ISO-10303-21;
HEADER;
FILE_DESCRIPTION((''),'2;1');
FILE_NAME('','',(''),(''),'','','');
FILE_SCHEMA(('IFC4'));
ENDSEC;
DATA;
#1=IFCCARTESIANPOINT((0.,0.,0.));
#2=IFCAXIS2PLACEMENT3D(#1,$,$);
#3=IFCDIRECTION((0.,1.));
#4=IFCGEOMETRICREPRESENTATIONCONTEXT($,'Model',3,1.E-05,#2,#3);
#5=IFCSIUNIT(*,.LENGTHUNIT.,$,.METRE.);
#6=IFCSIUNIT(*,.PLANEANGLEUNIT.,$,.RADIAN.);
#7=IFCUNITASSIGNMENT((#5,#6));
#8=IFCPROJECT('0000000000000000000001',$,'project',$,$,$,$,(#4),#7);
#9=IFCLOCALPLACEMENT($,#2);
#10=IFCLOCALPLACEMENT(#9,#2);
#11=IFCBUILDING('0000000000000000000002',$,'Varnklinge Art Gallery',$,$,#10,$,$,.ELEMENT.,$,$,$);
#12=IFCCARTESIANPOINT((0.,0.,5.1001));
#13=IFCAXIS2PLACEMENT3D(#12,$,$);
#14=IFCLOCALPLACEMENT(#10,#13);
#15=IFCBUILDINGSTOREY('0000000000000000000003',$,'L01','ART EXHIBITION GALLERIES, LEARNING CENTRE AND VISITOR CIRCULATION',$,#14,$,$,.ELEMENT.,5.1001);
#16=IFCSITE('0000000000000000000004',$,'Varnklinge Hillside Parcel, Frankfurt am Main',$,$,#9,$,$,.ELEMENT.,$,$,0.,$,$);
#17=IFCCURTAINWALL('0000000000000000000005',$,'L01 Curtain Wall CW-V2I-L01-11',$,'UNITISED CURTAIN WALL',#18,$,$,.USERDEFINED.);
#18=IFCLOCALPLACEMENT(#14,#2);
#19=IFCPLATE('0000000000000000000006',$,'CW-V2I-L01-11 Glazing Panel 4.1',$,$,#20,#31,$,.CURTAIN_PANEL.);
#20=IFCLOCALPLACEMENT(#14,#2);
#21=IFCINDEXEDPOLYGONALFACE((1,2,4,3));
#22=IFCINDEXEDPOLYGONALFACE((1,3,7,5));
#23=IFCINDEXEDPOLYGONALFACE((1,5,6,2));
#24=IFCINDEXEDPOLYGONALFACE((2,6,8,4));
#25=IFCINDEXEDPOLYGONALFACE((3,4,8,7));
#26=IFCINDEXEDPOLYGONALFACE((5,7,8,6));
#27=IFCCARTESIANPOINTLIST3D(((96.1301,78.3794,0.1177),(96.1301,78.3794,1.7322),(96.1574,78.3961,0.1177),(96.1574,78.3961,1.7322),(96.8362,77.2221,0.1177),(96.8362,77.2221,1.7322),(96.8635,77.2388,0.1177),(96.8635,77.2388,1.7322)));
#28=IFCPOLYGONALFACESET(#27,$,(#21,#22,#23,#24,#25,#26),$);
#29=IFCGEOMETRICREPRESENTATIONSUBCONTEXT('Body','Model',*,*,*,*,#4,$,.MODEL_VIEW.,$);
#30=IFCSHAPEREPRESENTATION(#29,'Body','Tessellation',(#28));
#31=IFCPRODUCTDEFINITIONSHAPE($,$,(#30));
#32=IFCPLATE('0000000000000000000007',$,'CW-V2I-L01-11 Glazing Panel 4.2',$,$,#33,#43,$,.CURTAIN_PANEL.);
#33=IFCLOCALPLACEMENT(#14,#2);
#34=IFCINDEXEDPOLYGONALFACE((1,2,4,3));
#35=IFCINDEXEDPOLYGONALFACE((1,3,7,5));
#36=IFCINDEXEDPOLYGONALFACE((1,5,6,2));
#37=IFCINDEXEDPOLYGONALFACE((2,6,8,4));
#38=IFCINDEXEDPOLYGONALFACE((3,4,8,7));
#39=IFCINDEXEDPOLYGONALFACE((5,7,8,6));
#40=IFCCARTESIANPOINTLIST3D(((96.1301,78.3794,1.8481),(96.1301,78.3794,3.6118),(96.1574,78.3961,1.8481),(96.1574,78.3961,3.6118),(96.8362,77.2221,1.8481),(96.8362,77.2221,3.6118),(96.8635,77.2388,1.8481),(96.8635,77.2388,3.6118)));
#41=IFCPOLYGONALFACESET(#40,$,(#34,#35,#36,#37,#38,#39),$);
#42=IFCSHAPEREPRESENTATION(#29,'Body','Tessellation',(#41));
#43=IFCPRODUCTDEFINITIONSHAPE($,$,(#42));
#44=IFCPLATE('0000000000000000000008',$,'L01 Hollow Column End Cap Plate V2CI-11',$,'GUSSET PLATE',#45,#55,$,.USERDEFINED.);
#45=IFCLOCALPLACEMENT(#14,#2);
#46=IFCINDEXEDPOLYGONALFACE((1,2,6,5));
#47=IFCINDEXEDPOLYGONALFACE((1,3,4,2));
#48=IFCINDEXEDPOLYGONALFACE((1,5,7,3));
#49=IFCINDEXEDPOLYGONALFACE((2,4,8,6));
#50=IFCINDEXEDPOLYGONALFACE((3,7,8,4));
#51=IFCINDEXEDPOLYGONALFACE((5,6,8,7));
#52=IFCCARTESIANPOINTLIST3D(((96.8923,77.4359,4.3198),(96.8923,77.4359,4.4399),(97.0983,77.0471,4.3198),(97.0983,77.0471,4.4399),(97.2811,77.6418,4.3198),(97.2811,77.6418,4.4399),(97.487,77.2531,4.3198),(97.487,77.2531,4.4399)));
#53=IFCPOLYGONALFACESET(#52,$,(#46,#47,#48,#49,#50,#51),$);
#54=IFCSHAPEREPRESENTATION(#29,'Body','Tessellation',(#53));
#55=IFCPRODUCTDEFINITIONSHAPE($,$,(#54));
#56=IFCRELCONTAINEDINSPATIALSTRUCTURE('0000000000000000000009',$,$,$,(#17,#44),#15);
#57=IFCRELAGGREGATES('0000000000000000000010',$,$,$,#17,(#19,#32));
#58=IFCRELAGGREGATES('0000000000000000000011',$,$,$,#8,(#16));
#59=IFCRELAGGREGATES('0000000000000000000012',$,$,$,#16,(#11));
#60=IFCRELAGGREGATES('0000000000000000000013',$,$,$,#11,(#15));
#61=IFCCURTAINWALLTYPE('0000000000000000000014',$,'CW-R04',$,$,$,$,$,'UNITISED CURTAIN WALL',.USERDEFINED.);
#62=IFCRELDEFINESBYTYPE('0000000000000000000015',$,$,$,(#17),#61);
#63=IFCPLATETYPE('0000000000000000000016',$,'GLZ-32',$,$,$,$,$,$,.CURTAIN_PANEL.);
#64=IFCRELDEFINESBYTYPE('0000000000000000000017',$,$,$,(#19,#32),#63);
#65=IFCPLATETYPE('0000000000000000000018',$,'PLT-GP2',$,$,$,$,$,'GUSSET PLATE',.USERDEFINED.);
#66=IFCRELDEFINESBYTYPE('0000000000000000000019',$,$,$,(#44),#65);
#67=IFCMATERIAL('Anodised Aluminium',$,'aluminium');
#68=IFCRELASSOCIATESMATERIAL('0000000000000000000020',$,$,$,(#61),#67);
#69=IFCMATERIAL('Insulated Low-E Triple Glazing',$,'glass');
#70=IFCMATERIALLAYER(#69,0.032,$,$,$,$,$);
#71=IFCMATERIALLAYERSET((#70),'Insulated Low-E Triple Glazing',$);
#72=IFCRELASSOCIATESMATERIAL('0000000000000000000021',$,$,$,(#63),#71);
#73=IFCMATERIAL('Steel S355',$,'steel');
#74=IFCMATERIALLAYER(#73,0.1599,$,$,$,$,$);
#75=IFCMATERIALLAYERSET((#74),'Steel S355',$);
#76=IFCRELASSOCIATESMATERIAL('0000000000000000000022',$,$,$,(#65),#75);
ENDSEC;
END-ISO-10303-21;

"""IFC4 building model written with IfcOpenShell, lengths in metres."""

from ifc_helpers import new_model, si_unit, direction, frame, origin, origin_2d, place, context, subcontext, project, spatial, rectangle, extrude, material, layer, layer_set, type_object, element, aggregate, save


model = new_model("IFC4")

# Units and contexts
model_context = context("Model", 3, precision=1e-05, world=origin(), true_north=direction((0.0, 1.0)))
body_context = subcontext(model_context, "Body", "Model", "MODEL_VIEW")
ifc_project = project(units=[si_unit("LENGTHUNIT", "METRE"), si_unit("PLANEANGLEUNIT", "RADIAN")], contexts=[model_context])

# Site, building, storey
site_placement = place(None, origin())
site = spatial("IfcSite", under=ifc_project, at=site_placement, Name="Varnklinge Hillside Parcel, Frankfurt am Main", CompositionType="ELEMENT", RefElevation=0.0)
building_placement = place(site_placement, origin())
building = spatial("IfcBuilding", under=site, at=building_placement, Name="Varnklinge Art Gallery", CompositionType="ELEMENT")
storey_placement = place(building_placement, frame((0.0, 0.0, 5.1001)))
storey = spatial("IfcBuildingStorey", under=building, at=storey_placement, Name="L01", Description="ART EXHIBITION GALLERIES, LEARNING CENTRE AND VISITOR CIRCULATION", CompositionType="ELEMENT", Elevation=5.1001)

# Shared definitions
ifc_material_1 = material(Name="Anodised Aluminium", Category="aluminium")
curtain_wall_type = type_object("IfcCurtainWallType", Name="CW-R04", ElementType="UNITISED CURTAIN WALL", PredefinedType="USERDEFINED", material=ifc_material_1)

# Curtain wall
curtain_wall_1_placement = place(storey_placement, origin())
curtain_wall_1 = element("IfcCurtainWall", 1, at=curtain_wall_1_placement, inside=storey, type_object=curtain_wall_type, Name="L01 Curtain Wall CW-V2I-L01-11", ObjectType="UNITISED CURTAIN WALL", PredefinedType="USERDEFINED")

# Plates
ifc_material_2 = material(Name="Insulated Low-E Triple Glazing", Category="glass")
ifc_layer_1 = layer(ifc_material_2, 0.032)
ifc_layer_set_1 = layer_set([ifc_layer_1], Name="Insulated Low-E Triple Glazing")
plate_type_1 = type_object("IfcPlateType", Name="GLZ-32", PredefinedType="CURTAIN_PANEL", material=ifc_layer_set_1)
plate_1_placement = place(storey_placement, frame((96.4968, 77.8091, 0.1177), z_axis=(0.0, 0.0, 1.0), x_axis=(0.520861, -0.853642, 0.0)))
plate_1 = element("IfcPlate", 2, at=plate_1_placement, type_object=plate_type_1, Name="CW-V2I-L01-11 Glazing Panel 4.1", PredefinedType="CURTAIN_PANEL", context=body_context, shape_type="SweptSolid", body=[
    extrude(rectangle(XDim=1.3557, YDim=0.032, at=origin_2d()), origin(), (0.0, 0.0, 1.0), 1.6145),
])
plate_2_placement = place(storey_placement, frame((96.4968, 77.8091, 1.8481), z_axis=(0.0, 0.0, 1.0), x_axis=(0.520861, -0.853642, 0.0)))
plate_2 = element("IfcPlate", 3, at=plate_2_placement, type_object=plate_type_1, Name="CW-V2I-L01-11 Glazing Panel 4.2", PredefinedType="CURTAIN_PANEL", context=body_context, shape_type="SweptSolid", body=[
    extrude(rectangle(XDim=1.3557, YDim=0.032, at=origin_2d()), origin(), (0.0, 0.0, 1.0), 1.7637),
])
aggregate(curtain_wall_1, [plate_1, plate_2])
ifc_material_3 = material(Name="Steel S355", Category="steel")
ifc_layer_2 = layer(ifc_material_3, 0.1599)
ifc_layer_set_2 = layer_set([ifc_layer_2], Name="Steel S355")
plate_type_2 = type_object("IfcPlateType", Name="PLT-GP2", ElementType="GUSSET PLATE", PredefinedType="USERDEFINED", material=ifc_layer_set_2)
plate_3_placement = place(storey_placement, frame((97.1897, 77.3445, 4.3198), z_axis=(0.0, 0.0, 1.0), x_axis=(-0.883684, -0.468084, 0.0)))
element("IfcPlate", 4, at=plate_3_placement, inside=storey, type_object=plate_type_2, Name="L01 Hollow Column End Cap Plate V2CI-11", ObjectType="GUSSET PLATE", PredefinedType="USERDEFINED", context=body_context, shape_type="SweptSolid", body=[
    extrude(rectangle(XDim=0.4399, YDim=0.4399, at=origin_2d()), origin(), (0.0, 0.0, 1.0), 0.1201),
])

save(model, "model.ifc")
